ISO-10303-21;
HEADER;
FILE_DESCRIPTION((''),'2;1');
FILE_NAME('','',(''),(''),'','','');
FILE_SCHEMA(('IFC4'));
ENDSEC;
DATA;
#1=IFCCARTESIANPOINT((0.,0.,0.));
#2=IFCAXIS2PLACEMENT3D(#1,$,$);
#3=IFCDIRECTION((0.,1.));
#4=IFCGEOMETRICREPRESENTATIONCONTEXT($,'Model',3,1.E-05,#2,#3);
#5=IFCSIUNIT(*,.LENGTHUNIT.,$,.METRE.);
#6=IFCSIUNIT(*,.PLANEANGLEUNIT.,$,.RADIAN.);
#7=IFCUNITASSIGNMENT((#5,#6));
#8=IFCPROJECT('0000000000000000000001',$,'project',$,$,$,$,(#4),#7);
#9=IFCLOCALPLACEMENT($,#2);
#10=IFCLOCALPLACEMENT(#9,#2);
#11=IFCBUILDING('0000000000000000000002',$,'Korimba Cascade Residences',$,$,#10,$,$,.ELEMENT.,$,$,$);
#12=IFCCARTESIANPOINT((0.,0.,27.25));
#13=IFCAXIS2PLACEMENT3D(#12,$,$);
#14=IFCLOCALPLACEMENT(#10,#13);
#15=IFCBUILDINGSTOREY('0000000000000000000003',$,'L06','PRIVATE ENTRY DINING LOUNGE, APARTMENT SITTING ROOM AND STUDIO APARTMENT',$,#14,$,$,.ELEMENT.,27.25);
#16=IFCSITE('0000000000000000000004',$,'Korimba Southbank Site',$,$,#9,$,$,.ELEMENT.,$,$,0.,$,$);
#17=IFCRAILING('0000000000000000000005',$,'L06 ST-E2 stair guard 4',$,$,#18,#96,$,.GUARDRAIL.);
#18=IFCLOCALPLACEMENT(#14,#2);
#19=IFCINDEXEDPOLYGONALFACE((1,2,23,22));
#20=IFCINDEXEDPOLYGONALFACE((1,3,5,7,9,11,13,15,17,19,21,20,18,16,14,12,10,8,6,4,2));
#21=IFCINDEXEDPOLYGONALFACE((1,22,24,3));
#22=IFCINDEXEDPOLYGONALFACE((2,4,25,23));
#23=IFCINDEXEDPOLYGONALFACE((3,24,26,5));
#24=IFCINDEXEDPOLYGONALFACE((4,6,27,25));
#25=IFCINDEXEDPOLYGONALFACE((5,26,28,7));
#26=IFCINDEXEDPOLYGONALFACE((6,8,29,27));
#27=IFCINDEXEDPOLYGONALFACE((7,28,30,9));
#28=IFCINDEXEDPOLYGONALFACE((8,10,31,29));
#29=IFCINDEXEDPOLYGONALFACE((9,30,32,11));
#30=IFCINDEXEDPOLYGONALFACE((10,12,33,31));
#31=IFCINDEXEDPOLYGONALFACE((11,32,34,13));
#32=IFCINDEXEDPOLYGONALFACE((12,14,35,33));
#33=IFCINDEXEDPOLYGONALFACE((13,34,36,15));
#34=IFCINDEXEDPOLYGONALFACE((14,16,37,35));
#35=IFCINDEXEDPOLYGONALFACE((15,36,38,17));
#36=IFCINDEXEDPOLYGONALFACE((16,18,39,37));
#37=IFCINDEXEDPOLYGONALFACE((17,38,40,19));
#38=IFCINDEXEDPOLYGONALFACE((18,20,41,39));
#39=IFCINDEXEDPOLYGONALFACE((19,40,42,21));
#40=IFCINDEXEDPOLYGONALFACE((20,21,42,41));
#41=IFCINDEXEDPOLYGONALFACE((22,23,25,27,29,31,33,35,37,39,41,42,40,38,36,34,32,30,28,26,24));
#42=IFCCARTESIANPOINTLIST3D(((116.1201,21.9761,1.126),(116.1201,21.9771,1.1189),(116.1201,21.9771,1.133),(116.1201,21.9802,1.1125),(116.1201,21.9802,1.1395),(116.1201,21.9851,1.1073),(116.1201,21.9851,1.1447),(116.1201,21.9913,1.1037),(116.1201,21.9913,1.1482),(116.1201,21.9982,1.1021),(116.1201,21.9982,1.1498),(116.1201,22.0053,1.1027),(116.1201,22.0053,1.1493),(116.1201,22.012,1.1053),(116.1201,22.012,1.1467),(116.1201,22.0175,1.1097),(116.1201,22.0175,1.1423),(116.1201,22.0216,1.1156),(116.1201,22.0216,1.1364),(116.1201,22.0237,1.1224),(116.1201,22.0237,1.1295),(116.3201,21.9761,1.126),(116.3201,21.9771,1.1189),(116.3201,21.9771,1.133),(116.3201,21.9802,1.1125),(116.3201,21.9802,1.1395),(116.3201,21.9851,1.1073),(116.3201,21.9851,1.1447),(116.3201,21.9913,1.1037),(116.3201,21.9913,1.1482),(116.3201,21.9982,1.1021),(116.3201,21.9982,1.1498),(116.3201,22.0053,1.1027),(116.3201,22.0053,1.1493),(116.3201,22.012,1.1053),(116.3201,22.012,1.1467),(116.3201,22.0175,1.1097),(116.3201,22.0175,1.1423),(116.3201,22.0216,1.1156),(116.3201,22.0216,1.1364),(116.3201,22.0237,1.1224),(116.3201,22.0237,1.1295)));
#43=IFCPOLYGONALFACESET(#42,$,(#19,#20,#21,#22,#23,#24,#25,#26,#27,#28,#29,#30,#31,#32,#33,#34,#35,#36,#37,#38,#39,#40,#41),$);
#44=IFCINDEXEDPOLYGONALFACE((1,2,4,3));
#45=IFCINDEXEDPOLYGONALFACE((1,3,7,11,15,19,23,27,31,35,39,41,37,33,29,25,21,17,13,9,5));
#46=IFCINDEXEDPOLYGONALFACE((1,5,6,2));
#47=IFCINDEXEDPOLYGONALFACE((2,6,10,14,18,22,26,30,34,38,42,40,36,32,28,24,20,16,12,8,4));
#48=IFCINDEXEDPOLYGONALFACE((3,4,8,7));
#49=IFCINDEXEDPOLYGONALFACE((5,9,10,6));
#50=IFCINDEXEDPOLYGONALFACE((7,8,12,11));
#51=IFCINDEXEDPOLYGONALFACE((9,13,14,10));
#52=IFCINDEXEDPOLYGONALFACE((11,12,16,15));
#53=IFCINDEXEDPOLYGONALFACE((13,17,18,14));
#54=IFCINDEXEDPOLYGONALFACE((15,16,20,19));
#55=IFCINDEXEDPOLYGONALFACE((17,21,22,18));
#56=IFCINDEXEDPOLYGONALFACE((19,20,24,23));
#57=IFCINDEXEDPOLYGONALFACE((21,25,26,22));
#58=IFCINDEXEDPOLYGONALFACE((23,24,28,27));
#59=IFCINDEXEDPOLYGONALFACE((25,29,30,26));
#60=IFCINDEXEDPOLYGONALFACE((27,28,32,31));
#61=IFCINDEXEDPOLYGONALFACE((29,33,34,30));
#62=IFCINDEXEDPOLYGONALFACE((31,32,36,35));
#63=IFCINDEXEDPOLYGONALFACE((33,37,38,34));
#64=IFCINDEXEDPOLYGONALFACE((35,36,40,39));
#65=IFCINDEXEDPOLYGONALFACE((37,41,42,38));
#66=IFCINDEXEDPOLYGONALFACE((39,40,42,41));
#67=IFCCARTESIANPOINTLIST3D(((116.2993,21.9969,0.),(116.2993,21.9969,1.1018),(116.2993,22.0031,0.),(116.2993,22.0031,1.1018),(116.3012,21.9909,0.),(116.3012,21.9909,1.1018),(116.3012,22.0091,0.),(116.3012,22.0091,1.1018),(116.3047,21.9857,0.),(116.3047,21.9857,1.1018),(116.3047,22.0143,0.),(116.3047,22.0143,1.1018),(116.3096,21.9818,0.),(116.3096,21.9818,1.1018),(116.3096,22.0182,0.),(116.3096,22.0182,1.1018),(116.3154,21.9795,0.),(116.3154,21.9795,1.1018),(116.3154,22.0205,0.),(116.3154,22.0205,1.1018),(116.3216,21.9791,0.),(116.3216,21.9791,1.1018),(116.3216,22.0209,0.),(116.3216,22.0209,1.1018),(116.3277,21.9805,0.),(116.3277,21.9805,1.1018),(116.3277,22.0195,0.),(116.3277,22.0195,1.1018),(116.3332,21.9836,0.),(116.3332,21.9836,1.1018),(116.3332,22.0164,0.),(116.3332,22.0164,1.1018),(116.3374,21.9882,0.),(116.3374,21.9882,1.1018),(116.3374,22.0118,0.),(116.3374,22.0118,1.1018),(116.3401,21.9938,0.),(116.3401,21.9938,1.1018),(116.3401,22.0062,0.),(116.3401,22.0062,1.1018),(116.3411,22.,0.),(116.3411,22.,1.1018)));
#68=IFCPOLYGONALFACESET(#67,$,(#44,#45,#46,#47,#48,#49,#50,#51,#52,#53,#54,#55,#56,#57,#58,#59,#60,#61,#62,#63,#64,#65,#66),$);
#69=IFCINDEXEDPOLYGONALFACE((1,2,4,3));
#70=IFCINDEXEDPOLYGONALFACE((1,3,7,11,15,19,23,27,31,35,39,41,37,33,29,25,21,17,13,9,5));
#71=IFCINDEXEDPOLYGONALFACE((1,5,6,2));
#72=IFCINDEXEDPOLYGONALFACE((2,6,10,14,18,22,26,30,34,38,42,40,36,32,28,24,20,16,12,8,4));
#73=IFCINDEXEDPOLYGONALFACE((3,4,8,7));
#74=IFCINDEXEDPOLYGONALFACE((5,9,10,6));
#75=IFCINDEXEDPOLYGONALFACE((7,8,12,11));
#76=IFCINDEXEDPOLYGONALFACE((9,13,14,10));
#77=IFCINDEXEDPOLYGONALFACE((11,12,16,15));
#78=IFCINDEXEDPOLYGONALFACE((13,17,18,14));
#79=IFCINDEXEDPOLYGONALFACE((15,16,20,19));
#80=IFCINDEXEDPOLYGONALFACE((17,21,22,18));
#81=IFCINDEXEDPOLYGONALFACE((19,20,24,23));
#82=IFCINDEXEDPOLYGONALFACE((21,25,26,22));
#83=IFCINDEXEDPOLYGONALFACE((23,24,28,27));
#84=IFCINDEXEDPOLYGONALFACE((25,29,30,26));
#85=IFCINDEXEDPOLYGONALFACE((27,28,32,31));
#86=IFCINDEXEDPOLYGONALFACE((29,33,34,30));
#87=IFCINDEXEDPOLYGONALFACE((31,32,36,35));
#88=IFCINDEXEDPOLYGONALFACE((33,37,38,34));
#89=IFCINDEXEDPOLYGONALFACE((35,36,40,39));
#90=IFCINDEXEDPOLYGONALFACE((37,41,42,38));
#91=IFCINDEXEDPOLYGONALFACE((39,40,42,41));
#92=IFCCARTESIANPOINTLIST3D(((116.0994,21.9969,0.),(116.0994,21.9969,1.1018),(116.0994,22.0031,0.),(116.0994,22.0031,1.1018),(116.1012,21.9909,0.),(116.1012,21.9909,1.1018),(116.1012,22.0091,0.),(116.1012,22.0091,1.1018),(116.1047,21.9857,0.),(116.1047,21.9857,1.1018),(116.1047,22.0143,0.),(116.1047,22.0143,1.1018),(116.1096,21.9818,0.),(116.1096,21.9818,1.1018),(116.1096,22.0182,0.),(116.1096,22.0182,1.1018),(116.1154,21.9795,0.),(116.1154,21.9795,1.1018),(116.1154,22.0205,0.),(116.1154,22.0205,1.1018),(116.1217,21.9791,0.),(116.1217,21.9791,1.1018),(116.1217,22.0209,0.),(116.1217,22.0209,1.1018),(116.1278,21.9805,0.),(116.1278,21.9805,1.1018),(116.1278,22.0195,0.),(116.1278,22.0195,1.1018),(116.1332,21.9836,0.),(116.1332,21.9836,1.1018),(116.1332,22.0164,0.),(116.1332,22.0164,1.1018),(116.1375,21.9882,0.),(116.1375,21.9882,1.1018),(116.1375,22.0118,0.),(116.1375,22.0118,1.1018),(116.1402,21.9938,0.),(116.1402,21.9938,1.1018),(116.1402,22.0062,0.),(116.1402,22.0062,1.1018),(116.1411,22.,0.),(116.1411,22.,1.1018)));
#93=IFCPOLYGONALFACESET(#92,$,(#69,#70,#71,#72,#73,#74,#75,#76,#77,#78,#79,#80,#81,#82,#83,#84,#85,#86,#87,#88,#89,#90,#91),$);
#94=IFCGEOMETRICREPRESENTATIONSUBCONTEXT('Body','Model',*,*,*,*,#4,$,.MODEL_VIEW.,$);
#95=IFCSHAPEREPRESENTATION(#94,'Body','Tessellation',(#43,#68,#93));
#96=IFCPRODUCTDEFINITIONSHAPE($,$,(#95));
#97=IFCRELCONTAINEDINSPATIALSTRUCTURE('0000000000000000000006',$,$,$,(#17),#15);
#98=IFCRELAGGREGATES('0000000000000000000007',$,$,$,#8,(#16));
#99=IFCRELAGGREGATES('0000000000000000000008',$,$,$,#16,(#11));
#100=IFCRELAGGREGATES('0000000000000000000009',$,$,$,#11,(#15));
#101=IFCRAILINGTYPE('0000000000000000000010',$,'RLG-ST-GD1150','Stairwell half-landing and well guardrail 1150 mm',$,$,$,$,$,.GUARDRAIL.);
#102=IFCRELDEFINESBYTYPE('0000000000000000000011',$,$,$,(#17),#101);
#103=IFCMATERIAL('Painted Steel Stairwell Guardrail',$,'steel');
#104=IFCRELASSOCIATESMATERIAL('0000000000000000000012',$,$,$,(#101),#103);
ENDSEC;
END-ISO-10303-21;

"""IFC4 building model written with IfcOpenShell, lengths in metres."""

from ifc_helpers import new_model, si_unit, direction, frame, origin, origin_2d, place, context, subcontext, project, spatial, circle, extrude, material, type_object, element, save


model = new_model("IFC4")

# Units and contexts
model_context = context("Model", 3, precision=1e-05, world=origin(), true_north=direction((0.0, 1.0)))
body_context = subcontext(model_context, "Body", "Model", "MODEL_VIEW")
ifc_project = project(units=[si_unit("LENGTHUNIT", "METRE"), si_unit("PLANEANGLEUNIT", "RADIAN")], contexts=[model_context])

# Site, building, storey
site_placement = place(None, origin())
site = spatial("IfcSite", under=ifc_project, at=site_placement, Name="Korimba Southbank Site", CompositionType="ELEMENT", RefElevation=0.0)
building_placement = place(site_placement, origin())
building = spatial("IfcBuilding", under=site, at=building_placement, Name="Korimba Cascade Residences", CompositionType="ELEMENT")
storey_placement = place(building_placement, frame((0.0, 0.0, 27.25)))
storey = spatial("IfcBuildingStorey", under=building, at=storey_placement, Name="L06", Description="PRIVATE ENTRY DINING LOUNGE, APARTMENT SITTING ROOM AND STUDIO APARTMENT", CompositionType="ELEMENT", Elevation=27.25)

# Railing
ifc_material_1 = material(Name="Painted Steel Stairwell Guardrail", Category="steel")
railing_type_1 = type_object("IfcRailingType", Name="RLG-ST-GD1150", Description="Stairwell half-landing and well guardrail 1150 mm", PredefinedType="GUARDRAIL", material=ifc_material_1)
railing_1_placement = place(storey_placement, frame((116.3201, 22.0, 0.0)))
element("IfcRailing", 1, at=railing_1_placement, inside=storey, type_object=railing_type_1, Name="L06 ST-E2 stair guard 4", PredefinedType="GUARDRAIL", context=body_context, shape_type="SweptSolid", body=[
    extrude(circle(Radius=0.0239, at=origin_2d()), frame((0.0, 0.0, 1.126), z_axis=(-1.0, 0.0, 0.0), x_axis=(0.0, -1.0, 0.0)), (0.0, 0.0, 1.0), 0.2),
    extrude(circle(Radius=0.021, at=origin_2d()), origin(), (0.0, 0.0, 1.0), 1.1018),
    extrude(circle(Radius=0.021, at=origin_2d()), frame((-0.2, 0.0, 0.0)), (0.0, 0.0, 1.0), 1.1018),
])

save(model, "model.ifc")
